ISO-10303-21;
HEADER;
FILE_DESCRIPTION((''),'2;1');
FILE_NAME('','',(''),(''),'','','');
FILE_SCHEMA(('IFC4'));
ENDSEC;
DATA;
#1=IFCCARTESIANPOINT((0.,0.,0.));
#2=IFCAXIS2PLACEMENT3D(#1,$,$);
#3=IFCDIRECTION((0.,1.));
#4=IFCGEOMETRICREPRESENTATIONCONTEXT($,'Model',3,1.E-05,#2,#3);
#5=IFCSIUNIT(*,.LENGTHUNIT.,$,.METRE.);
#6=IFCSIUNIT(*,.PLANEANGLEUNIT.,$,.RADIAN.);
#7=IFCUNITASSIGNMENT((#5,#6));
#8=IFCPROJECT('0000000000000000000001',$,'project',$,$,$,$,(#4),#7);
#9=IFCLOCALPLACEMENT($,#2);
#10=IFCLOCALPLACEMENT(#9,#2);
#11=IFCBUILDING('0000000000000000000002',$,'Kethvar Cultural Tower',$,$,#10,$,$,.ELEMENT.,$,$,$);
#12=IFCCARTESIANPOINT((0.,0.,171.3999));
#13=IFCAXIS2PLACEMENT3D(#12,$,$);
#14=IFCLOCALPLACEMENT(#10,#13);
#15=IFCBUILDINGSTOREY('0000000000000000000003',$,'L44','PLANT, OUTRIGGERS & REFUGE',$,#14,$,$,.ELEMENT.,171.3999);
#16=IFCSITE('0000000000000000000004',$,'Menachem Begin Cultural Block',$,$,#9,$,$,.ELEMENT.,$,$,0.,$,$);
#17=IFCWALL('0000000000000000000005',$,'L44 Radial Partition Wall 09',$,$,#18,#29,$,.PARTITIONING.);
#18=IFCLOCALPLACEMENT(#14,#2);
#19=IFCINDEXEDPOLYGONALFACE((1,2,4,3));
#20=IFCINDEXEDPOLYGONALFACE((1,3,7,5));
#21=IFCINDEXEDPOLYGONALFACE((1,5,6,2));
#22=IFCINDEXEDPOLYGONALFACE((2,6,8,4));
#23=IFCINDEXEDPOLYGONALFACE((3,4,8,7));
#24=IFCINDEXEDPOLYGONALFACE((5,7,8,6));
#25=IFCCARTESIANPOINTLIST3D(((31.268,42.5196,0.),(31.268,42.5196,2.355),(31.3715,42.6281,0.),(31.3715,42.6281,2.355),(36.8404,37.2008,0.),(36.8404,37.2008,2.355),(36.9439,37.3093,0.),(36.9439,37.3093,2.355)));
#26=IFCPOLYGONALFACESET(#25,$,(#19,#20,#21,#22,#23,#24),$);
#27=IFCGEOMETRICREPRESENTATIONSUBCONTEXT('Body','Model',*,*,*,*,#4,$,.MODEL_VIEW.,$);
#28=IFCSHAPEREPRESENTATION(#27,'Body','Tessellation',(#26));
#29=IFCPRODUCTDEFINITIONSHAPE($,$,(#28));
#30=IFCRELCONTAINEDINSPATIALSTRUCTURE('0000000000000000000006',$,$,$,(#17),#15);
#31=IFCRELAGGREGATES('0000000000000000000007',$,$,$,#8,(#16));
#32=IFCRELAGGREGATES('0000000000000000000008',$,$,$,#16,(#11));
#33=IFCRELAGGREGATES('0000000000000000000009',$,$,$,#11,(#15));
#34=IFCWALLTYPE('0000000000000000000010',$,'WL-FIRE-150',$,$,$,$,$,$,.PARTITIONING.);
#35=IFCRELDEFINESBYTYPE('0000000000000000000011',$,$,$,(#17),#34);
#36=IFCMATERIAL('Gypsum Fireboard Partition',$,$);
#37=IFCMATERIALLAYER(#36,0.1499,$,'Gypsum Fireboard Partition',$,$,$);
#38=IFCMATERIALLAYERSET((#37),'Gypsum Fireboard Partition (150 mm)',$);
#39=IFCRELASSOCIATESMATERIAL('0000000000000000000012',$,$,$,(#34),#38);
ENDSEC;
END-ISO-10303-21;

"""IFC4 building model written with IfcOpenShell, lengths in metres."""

from ifc_helpers import new_model, si_unit, direction, frame, frame_2d, origin, place, context, subcontext, project, spatial, rectangle, extrude, material, layer, layer_set, type_object, element, save


model = new_model("IFC4")

# Units and contexts
model_context = context("Model", 3, precision=1e-05, world=origin(), true_north=direction((0.0, 1.0)))
body_context = subcontext(model_context, "Body", "Model", "MODEL_VIEW")
ifc_project = project(units=[si_unit("LENGTHUNIT", "METRE"), si_unit("PLANEANGLEUNIT", "RADIAN")], contexts=[model_context])

# Site, building, storey
site_placement = place(None, origin())
site = spatial("IfcSite", under=ifc_project, at=site_placement, Name="Menachem Begin Cultural Block", CompositionType="ELEMENT", RefElevation=0.0)
building_placement = place(site_placement, origin())
building = spatial("IfcBuilding", under=site, at=building_placement, Name="Kethvar Cultural Tower", CompositionType="ELEMENT")
storey_placement = place(building_placement, frame((0.0, 0.0, 171.3999)))
storey = spatial("IfcBuildingStorey", under=building, at=storey_placement, Name="L44", Description="PLANT, OUTRIGGERS & REFUGE", CompositionType="ELEMENT", Elevation=171.3999)

# Wall
ifc_material_1 = material(Name="Gypsum Fireboard Partition")
ifc_layer_1 = layer(ifc_material_1, 0.1499, Name="Gypsum Fireboard Partition")
ifc_layer_set_1 = layer_set([ifc_layer_1], Name="Gypsum Fireboard Partition (150 mm)")
wall_type = type_object("IfcWallType", Name="WL-FIRE-150", PredefinedType="PARTITIONING", material=ifc_layer_set_1)
wall_1_placement = place(storey_placement, frame((36.8921, 37.2551, 0.0), z_axis=(0.0, 0.0, 1.0), x_axis=(-0.723379, 0.690451, 0.0)))
element("IfcWall", 1, at=wall_1_placement, inside=storey, type_object=wall_type, Name="L44 Radial Partition Wall 09", PredefinedType="PARTITIONING", context=body_context, shape_type="SweptSolid", body=[
    extrude(rectangle(XDim=7.7034, YDim=0.1499, at=frame_2d((3.8516, 0.0))), origin(), (0.0, 0.0, 1.0), 2.355),
])

save(model, "model.ifc")
